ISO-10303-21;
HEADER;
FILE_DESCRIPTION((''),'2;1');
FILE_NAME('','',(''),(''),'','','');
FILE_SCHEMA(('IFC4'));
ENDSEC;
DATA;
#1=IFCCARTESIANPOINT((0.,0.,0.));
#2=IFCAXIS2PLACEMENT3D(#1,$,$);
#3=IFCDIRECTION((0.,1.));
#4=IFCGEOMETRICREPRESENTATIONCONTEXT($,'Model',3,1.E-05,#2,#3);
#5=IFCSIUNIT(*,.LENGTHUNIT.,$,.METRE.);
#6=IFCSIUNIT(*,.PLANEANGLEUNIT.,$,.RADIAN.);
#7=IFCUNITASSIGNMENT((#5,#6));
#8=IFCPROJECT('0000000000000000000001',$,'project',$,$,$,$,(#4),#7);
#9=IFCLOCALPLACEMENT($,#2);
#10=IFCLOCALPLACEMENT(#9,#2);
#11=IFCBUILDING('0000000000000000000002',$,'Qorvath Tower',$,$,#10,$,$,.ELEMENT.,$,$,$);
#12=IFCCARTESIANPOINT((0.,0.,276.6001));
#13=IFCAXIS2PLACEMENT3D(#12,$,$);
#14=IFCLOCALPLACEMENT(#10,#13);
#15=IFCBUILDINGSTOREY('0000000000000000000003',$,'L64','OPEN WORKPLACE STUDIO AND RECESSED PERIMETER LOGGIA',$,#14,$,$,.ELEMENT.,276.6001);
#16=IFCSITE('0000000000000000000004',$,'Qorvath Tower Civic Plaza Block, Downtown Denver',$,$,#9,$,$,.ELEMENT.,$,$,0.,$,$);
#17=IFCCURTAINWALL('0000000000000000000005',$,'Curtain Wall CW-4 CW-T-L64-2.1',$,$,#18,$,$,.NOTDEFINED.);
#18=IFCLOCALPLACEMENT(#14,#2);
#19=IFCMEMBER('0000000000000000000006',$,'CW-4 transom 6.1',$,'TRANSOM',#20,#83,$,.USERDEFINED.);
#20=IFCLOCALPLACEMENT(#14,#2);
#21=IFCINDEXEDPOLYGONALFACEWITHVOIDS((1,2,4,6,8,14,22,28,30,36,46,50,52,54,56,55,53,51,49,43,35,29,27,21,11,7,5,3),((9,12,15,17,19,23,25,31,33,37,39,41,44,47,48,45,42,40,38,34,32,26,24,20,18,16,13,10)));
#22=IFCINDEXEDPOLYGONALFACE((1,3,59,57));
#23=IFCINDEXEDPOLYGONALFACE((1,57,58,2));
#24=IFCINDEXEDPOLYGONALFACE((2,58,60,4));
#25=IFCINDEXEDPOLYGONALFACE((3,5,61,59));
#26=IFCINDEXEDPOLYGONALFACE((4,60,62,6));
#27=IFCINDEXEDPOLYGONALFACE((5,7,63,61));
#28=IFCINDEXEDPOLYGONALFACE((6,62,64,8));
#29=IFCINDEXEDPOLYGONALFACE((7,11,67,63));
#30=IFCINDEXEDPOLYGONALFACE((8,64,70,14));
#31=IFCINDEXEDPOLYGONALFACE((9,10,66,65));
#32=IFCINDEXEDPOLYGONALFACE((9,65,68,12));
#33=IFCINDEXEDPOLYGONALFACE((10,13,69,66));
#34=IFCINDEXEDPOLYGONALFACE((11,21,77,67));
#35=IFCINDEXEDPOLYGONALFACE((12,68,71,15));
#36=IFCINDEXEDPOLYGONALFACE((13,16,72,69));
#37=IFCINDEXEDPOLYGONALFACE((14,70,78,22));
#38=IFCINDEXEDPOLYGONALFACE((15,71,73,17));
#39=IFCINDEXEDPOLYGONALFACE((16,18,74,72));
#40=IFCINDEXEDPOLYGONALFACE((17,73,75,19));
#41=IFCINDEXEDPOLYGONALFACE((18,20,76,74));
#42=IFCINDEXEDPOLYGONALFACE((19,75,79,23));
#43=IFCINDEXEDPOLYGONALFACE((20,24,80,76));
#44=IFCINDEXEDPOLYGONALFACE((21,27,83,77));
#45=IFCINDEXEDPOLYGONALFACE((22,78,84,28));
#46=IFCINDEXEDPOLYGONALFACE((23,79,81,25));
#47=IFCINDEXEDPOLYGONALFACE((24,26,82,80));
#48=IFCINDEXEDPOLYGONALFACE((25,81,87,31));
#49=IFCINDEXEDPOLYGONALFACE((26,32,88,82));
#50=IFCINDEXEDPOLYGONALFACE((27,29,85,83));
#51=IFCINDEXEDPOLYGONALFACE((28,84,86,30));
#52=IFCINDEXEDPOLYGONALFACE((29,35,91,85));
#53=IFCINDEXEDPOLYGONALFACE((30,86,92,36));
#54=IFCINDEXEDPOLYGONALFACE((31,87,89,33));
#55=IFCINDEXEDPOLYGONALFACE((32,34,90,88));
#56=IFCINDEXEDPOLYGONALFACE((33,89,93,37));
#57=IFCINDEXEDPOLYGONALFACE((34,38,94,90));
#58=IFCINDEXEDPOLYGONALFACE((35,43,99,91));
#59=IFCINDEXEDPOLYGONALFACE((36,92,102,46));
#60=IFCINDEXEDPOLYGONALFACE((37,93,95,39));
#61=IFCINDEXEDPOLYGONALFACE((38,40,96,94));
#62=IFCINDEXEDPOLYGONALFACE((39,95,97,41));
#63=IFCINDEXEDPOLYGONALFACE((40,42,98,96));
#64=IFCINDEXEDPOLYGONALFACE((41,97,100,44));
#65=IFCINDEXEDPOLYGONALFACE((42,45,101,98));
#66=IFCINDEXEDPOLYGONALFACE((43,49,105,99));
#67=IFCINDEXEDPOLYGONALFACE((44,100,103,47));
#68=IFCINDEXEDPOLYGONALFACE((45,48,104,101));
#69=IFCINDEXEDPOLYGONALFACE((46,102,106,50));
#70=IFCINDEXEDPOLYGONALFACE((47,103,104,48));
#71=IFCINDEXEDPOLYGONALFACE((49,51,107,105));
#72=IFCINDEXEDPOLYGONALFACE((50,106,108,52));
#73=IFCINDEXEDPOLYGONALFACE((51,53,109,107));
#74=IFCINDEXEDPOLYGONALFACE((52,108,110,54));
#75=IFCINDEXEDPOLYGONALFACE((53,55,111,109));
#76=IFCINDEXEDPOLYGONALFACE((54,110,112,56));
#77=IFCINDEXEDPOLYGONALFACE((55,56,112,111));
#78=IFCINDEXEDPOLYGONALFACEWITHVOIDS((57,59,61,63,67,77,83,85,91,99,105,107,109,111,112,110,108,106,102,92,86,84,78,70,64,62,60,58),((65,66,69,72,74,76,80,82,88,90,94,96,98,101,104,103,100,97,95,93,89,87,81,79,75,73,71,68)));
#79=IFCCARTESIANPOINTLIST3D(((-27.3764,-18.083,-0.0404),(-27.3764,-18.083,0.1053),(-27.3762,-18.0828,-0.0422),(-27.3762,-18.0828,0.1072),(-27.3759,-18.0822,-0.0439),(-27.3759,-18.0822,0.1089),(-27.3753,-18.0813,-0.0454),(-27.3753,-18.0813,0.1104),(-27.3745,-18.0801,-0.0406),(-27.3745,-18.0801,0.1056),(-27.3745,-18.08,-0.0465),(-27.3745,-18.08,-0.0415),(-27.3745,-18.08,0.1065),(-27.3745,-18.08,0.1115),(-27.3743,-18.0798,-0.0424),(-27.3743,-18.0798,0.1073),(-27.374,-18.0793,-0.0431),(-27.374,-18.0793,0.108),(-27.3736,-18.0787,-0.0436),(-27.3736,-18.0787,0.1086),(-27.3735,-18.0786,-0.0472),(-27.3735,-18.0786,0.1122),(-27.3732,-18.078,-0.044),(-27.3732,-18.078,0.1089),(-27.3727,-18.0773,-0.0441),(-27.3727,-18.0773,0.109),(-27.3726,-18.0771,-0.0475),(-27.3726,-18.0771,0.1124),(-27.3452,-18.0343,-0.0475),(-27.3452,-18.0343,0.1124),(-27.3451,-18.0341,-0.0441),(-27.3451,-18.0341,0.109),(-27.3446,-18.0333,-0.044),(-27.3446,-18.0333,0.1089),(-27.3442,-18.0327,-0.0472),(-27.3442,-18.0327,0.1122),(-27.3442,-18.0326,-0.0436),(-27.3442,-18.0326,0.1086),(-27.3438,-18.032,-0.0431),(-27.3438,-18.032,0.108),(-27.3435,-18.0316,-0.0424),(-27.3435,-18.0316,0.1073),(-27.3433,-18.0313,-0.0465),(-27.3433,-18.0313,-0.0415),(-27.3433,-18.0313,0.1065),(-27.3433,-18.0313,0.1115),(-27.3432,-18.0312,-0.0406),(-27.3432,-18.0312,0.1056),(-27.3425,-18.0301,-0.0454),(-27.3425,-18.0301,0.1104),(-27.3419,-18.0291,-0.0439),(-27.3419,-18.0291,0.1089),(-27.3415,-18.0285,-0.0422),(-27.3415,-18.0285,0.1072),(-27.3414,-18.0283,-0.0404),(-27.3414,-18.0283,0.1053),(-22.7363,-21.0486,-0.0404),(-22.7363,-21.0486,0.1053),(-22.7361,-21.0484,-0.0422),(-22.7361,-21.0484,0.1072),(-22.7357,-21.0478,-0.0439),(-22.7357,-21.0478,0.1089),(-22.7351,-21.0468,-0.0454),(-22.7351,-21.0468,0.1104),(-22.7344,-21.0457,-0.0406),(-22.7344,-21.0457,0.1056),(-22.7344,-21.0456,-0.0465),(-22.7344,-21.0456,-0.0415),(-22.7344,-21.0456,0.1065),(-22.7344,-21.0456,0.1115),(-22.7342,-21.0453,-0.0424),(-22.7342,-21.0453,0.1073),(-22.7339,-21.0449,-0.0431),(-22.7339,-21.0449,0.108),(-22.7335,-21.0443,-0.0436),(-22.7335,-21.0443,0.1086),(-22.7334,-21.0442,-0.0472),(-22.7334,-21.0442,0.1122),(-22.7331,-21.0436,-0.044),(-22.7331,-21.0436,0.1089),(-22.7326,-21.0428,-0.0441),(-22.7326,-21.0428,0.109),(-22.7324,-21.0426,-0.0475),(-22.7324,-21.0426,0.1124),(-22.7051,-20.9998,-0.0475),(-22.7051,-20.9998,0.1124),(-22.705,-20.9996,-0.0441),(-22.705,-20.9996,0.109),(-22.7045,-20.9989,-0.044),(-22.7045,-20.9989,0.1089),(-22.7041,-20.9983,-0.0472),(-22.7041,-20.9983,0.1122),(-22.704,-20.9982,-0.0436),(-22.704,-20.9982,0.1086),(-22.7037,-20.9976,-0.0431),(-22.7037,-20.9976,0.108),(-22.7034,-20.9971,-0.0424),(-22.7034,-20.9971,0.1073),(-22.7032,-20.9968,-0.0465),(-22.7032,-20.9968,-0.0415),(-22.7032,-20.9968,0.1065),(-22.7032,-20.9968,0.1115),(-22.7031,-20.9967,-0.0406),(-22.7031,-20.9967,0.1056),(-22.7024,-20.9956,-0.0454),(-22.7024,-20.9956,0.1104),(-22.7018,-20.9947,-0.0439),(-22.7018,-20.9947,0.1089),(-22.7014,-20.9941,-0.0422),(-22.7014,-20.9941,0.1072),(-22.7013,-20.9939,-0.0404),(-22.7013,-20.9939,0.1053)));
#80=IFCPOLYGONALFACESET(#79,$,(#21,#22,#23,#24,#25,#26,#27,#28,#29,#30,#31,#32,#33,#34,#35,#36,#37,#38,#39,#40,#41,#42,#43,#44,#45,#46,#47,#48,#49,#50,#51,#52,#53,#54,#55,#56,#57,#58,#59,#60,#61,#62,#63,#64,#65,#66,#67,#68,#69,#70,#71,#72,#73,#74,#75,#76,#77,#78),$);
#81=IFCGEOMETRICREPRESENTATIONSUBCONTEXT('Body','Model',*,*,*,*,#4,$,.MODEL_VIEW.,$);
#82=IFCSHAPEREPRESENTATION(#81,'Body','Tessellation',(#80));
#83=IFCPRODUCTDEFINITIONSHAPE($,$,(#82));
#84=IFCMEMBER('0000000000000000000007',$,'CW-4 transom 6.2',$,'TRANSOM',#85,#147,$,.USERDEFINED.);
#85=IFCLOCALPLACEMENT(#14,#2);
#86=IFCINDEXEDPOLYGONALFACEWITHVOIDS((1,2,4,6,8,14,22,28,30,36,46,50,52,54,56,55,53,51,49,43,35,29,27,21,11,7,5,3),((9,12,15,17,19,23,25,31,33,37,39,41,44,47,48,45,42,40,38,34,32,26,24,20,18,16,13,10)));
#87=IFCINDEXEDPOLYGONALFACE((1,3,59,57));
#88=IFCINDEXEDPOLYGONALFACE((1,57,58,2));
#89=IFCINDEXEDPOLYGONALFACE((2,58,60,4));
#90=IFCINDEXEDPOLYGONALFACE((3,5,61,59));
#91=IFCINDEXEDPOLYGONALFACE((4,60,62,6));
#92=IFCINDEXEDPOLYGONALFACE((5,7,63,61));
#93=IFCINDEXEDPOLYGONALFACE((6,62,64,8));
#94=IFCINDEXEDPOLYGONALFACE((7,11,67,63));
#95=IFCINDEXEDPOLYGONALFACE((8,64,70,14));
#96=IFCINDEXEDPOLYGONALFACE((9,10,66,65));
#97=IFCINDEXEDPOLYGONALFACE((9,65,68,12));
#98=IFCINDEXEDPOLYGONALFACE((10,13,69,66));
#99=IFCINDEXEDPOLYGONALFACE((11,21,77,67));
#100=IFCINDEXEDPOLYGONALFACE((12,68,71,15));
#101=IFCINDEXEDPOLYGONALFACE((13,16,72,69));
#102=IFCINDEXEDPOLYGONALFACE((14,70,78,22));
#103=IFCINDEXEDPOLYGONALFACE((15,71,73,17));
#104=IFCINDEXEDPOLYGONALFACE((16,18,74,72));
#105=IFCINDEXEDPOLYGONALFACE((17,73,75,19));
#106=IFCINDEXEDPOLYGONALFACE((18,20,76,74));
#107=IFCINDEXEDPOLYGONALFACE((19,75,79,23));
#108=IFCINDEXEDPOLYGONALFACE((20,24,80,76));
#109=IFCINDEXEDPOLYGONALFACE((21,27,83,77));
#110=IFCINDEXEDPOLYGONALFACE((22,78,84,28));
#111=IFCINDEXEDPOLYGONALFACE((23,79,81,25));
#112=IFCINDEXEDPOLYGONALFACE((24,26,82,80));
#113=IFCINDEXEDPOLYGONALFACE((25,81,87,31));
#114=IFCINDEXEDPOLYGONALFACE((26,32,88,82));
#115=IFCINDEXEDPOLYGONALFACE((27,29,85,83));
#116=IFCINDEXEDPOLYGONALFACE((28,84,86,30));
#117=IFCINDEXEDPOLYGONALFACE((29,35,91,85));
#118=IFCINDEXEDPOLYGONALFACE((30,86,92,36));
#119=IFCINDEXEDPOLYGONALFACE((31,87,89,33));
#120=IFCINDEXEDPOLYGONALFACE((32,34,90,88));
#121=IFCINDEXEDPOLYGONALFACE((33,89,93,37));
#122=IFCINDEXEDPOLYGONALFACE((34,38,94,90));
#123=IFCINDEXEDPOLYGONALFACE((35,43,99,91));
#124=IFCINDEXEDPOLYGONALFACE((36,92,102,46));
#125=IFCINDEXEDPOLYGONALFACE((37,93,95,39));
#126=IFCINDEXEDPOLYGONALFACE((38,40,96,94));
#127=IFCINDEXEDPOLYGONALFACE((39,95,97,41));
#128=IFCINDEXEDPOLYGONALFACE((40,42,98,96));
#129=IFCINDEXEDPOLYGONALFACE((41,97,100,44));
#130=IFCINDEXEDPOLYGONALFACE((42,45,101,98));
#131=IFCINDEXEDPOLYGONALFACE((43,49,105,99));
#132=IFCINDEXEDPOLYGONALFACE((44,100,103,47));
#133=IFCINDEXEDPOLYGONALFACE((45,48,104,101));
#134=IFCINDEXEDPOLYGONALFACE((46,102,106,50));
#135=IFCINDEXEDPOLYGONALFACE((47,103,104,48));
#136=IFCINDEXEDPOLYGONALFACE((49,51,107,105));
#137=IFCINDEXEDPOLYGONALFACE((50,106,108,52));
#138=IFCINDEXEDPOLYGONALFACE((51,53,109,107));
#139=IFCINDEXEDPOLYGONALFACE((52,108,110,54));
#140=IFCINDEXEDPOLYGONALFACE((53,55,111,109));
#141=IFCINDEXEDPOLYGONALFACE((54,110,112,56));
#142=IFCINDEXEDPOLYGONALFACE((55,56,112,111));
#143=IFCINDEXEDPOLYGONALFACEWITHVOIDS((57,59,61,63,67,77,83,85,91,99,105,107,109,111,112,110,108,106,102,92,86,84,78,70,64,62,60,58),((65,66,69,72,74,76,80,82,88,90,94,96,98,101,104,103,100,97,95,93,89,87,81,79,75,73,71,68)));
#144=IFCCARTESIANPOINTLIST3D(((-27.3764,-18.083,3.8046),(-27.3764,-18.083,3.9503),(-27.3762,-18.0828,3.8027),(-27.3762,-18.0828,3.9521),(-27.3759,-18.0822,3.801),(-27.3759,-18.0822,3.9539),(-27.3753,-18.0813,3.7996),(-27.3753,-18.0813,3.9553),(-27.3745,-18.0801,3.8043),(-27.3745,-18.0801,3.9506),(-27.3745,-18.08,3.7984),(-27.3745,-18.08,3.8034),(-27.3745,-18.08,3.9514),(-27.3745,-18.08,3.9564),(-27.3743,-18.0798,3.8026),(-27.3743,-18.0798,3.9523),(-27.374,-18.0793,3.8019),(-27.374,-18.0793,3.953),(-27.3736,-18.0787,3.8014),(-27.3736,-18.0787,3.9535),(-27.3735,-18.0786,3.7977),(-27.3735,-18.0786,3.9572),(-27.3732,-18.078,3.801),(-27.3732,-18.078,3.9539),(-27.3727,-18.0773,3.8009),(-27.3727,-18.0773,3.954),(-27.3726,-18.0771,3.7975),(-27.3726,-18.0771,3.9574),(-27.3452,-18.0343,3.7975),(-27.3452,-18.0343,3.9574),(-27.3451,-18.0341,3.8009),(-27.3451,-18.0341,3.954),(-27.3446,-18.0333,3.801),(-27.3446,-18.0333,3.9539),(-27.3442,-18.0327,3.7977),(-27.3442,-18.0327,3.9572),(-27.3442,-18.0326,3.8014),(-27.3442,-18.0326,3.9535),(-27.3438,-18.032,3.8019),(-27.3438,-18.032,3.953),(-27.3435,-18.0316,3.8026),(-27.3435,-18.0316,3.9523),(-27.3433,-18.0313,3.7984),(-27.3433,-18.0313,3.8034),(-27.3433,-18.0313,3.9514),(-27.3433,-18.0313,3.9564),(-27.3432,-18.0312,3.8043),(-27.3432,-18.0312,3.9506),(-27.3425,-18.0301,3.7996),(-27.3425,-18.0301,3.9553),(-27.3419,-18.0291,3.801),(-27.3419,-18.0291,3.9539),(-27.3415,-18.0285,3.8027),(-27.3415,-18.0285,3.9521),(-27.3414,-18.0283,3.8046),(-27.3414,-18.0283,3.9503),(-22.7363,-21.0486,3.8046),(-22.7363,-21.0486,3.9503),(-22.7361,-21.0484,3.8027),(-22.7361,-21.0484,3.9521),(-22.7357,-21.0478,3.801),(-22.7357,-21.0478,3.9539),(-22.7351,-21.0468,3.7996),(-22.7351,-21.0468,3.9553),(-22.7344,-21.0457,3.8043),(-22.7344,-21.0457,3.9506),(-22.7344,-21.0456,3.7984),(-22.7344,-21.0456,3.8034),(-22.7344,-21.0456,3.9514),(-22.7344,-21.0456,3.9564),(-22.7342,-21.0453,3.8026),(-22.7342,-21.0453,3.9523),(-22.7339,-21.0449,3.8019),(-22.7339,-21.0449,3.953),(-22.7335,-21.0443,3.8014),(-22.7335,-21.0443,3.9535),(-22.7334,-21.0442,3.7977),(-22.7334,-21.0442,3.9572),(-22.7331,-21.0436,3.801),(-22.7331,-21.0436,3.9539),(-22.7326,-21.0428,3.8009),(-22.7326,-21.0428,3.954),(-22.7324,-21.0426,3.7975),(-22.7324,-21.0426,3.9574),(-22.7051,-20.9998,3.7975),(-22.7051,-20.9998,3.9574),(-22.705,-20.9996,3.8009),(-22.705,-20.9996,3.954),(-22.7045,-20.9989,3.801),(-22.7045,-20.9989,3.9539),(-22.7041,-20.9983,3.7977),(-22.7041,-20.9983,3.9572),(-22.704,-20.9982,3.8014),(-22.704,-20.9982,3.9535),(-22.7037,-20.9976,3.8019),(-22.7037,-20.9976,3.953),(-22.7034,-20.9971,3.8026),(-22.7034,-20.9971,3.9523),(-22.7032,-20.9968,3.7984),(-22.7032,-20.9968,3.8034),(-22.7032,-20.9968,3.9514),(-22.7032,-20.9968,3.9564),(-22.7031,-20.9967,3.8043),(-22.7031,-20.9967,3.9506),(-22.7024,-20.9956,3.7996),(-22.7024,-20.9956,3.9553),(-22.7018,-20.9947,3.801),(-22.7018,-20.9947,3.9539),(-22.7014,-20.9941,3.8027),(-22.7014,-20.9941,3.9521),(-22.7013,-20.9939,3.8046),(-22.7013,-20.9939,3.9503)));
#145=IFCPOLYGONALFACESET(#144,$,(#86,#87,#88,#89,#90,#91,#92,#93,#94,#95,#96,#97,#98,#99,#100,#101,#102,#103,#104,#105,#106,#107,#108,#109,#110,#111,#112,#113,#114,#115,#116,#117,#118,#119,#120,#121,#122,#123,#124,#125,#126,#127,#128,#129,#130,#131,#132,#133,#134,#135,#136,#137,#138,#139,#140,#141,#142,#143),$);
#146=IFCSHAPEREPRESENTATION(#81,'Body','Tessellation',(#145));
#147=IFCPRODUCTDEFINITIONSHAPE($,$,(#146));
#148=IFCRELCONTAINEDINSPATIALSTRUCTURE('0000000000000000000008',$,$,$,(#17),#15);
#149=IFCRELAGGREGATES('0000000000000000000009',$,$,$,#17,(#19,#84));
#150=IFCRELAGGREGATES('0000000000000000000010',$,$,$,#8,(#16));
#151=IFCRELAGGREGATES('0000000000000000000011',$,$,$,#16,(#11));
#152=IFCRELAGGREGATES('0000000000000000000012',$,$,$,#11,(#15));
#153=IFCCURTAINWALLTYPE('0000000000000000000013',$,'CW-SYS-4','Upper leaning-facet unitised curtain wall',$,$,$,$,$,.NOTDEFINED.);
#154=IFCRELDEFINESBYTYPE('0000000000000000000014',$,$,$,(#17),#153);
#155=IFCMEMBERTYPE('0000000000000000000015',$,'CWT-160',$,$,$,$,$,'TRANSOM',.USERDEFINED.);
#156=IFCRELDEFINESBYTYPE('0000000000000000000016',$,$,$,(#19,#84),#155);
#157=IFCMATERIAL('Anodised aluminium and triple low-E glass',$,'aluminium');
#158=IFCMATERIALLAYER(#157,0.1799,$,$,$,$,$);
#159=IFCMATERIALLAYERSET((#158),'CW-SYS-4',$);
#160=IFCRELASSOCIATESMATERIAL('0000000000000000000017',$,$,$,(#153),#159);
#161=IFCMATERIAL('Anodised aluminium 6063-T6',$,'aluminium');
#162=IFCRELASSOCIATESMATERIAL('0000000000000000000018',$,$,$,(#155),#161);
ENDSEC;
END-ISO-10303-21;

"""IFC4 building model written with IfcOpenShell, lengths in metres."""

from ifc_helpers import new_model, si_unit, direction, frame, origin, origin_2d, place, context, subcontext, project, spatial, hollow_rectangle, extrude, material, layer, layer_set, material_profile, profile_set, type_object, element, aggregate, save


model = new_model("IFC4")

# Units and contexts
model_context = context("Model", 3, precision=1e-05, world=origin(), true_north=direction((0.0, 1.0)))
body_context = subcontext(model_context, "Body", "Model", "MODEL_VIEW")
ifc_project = project(units=[si_unit("LENGTHUNIT", "METRE"), si_unit("PLANEANGLEUNIT", "RADIAN")], contexts=[model_context])

# Site, building, storey
site_placement = place(None, origin())
site = spatial("IfcSite", under=ifc_project, at=site_placement, Name="Qorvath Tower Civic Plaza Block, Downtown Denver", CompositionType="ELEMENT", RefElevation=0.0)
building_placement = place(site_placement, origin())
building = spatial("IfcBuilding", under=site, at=building_placement, Name="Qorvath Tower", CompositionType="ELEMENT")
storey_placement = place(building_placement, frame((0.0, 0.0, 276.6001)))
storey = spatial("IfcBuildingStorey", under=building, at=storey_placement, Name="L64", Description="OPEN WORKPLACE STUDIO AND RECESSED PERIMETER LOGGIA", CompositionType="ELEMENT", Elevation=276.6001)

# Curtain wall, members
ifc_material_1 = material(Name="Anodised aluminium and triple low-E glass", Category="aluminium")
ifc_layer_1 = layer(ifc_material_1, 0.1799)
ifc_layer_set_1 = layer_set([ifc_layer_1], Name="CW-SYS-4")
curtain_wall_type = type_object("IfcCurtainWallType", Name="CW-SYS-4", Description="Upper leaning-facet unitised curtain wall", PredefinedType="NOTDEFINED", material=ifc_layer_set_1)
curtain_wall_placement = place(storey_placement, origin())
curtain_wall = element("IfcCurtainWall", 1, at=curtain_wall_placement, inside=storey, type_object=curtain_wall_type, Name="Curtain Wall CW-4 CW-T-L64-2.1", PredefinedType="NOTDEFINED")
ifc_material_2 = material(Name="Anodised aluminium 6063-T6", Category="aluminium")
ifc_material_profile_1 = material_profile(ifc_material_2, hollow_rectangle(XDim=0.0649, YDim=0.1599, WallThickness=0.0034, InnerFilletRadius=0.0034, OuterFilletRadius=0.0071, at=origin_2d()), Name="CWT 160x65")
ifc_profile_set_1 = profile_set([ifc_material_profile_1], Name="Anodised aluminium 6063-T6")
member_type_1 = type_object("IfcMemberType", Name="CWT-160", ElementType="TRANSOM", PredefinedType="USERDEFINED", material=ifc_profile_set_1)
member_1_placement = place(storey_placement, frame((-27.3589, -18.0557, 0.0325), z_axis=(0.84261, -0.538524, 0.0), x_axis=(0.538524, 0.84261, 0.0)))
member_1 = element("IfcMember", 2, at=member_1_placement, type_object=member_type_1, Name="CW-4 transom 6.1", ObjectType="TRANSOM", PredefinedType="USERDEFINED", context=body_context, shape_type="SweptSolid", body=[
    extrude(hollow_rectangle(XDim=0.0649, YDim=0.1599, WallThickness=0.0034, InnerFilletRadius=0.0034, OuterFilletRadius=0.0071, at=origin_2d()), origin(), (0.0, 0.0, 1.0), 5.5068),
])
member_2_placement = place(storey_placement, frame((-27.3589, -18.0557, 3.8774), z_axis=(0.84261, -0.538524, 0.0), x_axis=(0.538524, 0.84261, 0.0)))
member_2 = element("IfcMember", 3, at=member_2_placement, type_object=member_type_1, Name="CW-4 transom 6.2", ObjectType="TRANSOM", PredefinedType="USERDEFINED", context=body_context, shape_type="SweptSolid", body=[
    extrude(hollow_rectangle(XDim=0.0649, YDim=0.1599, WallThickness=0.0034, InnerFilletRadius=0.0034, OuterFilletRadius=0.0071, at=origin_2d()), origin(), (0.0, 0.0, 1.0), 5.5068),
])
aggregate(curtain_wall, [member_1, member_2])

save(model, "model.ifc")
